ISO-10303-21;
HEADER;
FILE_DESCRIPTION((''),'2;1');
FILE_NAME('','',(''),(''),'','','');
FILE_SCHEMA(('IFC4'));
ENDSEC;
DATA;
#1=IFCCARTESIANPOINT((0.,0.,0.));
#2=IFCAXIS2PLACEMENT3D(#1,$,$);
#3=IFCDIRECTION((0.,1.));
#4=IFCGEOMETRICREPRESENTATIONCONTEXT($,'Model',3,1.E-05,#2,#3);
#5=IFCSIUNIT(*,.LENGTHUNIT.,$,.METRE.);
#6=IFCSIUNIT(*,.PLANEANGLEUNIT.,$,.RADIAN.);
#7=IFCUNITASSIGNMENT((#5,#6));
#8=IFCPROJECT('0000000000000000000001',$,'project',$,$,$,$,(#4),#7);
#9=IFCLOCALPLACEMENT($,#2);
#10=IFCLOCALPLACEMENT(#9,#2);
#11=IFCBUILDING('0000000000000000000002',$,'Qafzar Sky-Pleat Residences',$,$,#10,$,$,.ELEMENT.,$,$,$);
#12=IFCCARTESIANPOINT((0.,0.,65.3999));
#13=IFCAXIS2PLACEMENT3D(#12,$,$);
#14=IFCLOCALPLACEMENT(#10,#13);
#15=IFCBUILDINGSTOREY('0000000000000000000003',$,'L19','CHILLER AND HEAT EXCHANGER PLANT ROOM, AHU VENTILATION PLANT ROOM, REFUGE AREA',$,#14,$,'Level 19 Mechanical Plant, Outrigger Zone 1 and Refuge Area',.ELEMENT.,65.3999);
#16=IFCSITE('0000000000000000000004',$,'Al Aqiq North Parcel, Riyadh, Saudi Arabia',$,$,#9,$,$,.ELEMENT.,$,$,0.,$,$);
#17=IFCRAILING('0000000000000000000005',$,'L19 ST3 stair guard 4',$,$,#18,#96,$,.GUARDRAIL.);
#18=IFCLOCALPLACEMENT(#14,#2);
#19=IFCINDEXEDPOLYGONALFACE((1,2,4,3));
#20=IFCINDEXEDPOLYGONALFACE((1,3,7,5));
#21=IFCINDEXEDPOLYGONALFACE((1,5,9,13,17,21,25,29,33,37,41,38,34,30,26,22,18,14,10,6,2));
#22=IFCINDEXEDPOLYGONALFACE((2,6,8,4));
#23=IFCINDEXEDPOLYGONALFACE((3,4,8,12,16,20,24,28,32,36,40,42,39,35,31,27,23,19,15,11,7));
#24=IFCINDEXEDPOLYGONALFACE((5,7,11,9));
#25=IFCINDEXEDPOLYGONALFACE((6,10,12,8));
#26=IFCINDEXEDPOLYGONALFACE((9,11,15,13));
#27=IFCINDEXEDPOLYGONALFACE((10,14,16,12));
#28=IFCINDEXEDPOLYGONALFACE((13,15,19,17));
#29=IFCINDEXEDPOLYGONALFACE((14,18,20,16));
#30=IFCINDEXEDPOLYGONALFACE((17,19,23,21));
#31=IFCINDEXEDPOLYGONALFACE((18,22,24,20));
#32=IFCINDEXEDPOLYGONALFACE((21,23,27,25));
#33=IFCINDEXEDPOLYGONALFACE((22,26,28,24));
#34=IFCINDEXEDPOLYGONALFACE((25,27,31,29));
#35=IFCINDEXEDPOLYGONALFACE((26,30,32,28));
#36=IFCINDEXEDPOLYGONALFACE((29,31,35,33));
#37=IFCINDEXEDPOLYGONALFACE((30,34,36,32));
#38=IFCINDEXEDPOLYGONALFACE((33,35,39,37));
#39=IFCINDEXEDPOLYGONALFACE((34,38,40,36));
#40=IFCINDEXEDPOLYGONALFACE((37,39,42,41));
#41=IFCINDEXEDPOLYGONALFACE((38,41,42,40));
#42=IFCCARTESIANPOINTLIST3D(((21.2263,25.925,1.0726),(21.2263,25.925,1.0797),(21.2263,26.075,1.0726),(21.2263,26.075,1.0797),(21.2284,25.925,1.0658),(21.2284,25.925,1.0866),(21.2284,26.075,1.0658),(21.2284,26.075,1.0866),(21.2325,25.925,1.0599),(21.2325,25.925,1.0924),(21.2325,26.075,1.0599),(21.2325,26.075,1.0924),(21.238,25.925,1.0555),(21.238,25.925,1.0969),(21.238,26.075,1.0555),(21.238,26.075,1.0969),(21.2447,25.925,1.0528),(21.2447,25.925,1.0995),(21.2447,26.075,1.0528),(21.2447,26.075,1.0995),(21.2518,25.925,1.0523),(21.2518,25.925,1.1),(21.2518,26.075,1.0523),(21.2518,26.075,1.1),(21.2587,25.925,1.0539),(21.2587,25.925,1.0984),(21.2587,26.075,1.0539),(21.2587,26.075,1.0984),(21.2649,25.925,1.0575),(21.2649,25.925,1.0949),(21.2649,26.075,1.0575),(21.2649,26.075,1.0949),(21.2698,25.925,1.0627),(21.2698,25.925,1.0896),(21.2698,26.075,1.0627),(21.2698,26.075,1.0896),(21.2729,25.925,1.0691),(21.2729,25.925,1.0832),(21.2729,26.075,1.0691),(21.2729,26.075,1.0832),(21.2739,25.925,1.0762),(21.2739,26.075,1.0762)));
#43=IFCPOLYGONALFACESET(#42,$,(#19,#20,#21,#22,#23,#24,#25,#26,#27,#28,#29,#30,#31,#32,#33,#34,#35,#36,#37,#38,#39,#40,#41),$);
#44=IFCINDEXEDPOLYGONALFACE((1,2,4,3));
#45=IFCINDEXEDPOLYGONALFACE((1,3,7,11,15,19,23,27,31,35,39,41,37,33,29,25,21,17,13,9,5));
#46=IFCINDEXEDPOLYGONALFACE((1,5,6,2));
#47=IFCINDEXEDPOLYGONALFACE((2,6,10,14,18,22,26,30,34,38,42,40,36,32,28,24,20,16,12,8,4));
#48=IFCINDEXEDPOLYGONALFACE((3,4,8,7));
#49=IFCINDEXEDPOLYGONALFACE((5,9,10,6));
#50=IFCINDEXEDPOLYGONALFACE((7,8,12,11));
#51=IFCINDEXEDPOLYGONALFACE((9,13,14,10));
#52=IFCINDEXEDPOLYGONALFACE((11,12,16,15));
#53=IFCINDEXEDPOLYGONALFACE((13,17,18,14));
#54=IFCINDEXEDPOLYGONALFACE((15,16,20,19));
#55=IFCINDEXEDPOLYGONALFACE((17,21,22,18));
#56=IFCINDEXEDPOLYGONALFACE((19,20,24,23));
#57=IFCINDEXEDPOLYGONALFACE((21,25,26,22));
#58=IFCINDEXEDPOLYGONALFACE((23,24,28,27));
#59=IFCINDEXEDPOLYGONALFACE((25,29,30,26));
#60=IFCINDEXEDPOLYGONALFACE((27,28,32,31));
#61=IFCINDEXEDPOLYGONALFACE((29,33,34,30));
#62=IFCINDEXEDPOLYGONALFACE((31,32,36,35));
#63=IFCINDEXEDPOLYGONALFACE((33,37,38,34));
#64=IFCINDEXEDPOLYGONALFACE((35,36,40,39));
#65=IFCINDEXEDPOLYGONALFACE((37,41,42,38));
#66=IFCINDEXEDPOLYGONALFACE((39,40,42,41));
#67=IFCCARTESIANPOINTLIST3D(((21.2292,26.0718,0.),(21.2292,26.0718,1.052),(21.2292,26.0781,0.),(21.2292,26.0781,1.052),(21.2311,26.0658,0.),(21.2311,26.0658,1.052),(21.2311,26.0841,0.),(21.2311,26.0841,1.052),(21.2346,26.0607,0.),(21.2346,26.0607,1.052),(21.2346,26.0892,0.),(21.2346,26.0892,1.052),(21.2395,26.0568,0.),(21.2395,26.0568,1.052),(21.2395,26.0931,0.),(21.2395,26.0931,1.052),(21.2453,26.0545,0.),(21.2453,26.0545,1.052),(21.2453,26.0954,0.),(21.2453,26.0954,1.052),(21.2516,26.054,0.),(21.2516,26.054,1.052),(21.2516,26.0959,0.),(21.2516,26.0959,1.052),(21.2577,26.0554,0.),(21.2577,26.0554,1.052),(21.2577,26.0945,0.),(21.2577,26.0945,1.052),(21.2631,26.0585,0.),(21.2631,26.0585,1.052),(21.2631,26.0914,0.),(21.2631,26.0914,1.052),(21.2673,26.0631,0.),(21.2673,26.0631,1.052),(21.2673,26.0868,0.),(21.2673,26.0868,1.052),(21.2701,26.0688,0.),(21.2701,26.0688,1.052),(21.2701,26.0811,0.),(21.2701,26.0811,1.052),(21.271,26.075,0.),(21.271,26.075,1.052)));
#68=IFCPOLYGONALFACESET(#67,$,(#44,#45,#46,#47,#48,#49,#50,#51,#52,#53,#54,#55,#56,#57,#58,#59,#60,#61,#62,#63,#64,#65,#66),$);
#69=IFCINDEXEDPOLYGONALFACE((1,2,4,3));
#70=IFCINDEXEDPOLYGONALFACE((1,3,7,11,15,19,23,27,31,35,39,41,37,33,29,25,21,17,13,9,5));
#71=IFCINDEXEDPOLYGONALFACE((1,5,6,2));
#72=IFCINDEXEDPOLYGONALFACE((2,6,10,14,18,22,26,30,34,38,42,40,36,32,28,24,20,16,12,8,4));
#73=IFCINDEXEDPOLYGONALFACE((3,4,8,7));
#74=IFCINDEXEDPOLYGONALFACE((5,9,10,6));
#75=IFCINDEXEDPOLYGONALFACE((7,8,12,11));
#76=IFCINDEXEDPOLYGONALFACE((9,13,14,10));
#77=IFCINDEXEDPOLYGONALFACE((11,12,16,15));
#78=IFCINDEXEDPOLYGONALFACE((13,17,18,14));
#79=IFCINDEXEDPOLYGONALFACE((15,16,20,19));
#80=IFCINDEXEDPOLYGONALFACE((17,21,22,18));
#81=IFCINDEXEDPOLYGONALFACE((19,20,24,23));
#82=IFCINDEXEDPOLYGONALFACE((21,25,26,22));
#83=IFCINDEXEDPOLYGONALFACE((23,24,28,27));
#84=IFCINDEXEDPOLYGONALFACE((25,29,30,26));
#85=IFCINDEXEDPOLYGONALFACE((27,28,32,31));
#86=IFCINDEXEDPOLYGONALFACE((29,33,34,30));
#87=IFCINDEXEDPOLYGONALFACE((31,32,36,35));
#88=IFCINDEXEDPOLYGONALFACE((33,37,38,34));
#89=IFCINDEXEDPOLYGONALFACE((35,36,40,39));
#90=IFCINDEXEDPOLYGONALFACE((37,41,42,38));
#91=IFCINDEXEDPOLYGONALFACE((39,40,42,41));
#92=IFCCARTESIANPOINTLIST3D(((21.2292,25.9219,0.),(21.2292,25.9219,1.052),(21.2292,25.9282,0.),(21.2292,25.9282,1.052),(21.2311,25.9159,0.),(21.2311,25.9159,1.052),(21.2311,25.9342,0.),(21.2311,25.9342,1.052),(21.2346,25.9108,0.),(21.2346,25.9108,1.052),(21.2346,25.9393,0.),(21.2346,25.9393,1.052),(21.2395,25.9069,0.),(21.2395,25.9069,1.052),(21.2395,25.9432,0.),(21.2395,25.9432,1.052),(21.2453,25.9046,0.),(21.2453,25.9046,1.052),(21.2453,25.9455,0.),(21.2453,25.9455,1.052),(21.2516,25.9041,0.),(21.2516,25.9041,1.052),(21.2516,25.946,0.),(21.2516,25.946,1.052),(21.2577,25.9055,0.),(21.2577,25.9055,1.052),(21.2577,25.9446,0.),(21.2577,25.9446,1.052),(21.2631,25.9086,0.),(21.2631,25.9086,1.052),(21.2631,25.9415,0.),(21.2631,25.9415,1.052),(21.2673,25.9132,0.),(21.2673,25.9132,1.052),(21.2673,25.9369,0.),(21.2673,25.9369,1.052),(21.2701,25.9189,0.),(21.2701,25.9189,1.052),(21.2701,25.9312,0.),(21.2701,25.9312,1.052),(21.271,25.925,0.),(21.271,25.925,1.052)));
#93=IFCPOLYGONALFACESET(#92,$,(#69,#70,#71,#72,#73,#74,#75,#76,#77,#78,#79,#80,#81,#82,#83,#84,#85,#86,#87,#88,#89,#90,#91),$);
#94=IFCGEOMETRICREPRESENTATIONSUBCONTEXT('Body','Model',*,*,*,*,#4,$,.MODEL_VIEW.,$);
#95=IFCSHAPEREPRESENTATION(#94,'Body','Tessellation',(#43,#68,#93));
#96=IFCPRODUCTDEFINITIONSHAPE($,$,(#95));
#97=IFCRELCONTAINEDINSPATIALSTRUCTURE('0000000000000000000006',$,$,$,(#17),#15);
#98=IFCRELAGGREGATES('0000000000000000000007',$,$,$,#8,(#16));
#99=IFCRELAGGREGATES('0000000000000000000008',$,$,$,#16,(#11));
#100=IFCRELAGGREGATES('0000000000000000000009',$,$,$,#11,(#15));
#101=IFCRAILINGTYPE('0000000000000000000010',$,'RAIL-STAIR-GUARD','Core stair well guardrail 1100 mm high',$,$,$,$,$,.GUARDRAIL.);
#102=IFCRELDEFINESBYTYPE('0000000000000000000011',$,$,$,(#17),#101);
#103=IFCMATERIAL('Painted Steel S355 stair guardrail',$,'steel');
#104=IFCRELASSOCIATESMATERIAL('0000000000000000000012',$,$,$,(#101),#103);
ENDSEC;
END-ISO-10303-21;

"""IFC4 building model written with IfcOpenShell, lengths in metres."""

from ifc_helpers import new_model, si_unit, direction, frame, origin, origin_2d, place, context, subcontext, project, spatial, circle, extrude, source, transform, mapped, material, type_object, element, save


model = new_model("IFC4")

# Units and contexts
model_context = context("Model", 3, precision=1e-05, world=origin(), true_north=direction((0.0, 1.0)))
body_context = subcontext(model_context, "Body", "Model", "MODEL_VIEW")
ifc_project = project(units=[si_unit("LENGTHUNIT", "METRE"), si_unit("PLANEANGLEUNIT", "RADIAN")], contexts=[model_context])

# Site, building, storey
site_placement = place(None, origin())
site = spatial("IfcSite", under=ifc_project, at=site_placement, Name="Al Aqiq North Parcel, Riyadh, Saudi Arabia", CompositionType="ELEMENT", RefElevation=0.0)
building_placement = place(site_placement, origin())
building = spatial("IfcBuilding", under=site, at=building_placement, Name="Qafzar Sky-Pleat Residences", CompositionType="ELEMENT")
storey_placement = place(building_placement, frame((0.0, 0.0, 65.3999)))
storey = spatial("IfcBuildingStorey", under=building, at=storey_placement, Name="L19", Description="CHILLER AND HEAT EXCHANGER PLANT ROOM, AHU VENTILATION PLANT ROOM, REFUGE AREA", LongName="Level 19 Mechanical Plant, Outrigger Zone 1 and Refuge Area", CompositionType="ELEMENT", Elevation=65.3999)

# Railing
ifc_material_1 = material(Name="Painted Steel S355 stair guardrail", Category="steel")
railing_type_1 = type_object("IfcRailingType", Name="RAIL-STAIR-GUARD", Description="Core stair well guardrail 1100 mm high", PredefinedType="GUARDRAIL", material=ifc_material_1)
shared_shape_1 = source(origin(), body_context, "Body", "SweptSolid", [
    extrude(circle(Radius=0.0239, at=origin_2d()), frame((0.0, 0.0, 1.0762), z_axis=(0.0, -1.0, 0.0), x_axis=(1.0, 0.0, 0.0)), (0.0, 0.0, 1.0), 0.1499),
    extrude(circle(Radius=0.021, at=origin_2d()), origin(), (0.0, 0.0, 1.0), 1.052),
    extrude(circle(Radius=0.021, at=origin_2d()), frame((0.0, -0.1499, 0.0)), (0.0, 0.0, 1.0), 1.052),
])
for number, where, name in (
    (1, (21.25, 26.075, 0.0), "L19 ST3 stair guard 4"),
):
    element("IfcRailing", number, at=place(storey_placement, frame(where)), inside=storey, type_object=railing_type_1, Name=name, PredefinedType="GUARDRAIL", context=body_context, shape_type="MappedRepresentation", body=[
        mapped(shared_shape_1, transform((0.0, 0.0, 0.0), x_axis=(1.0, 0.0, 0.0), y_axis=(0.0, 1.0, 0.0), z_axis=(0.0, 0.0, 1.0), scale=1.0)),
    ])

save(model, "model.ifc")
